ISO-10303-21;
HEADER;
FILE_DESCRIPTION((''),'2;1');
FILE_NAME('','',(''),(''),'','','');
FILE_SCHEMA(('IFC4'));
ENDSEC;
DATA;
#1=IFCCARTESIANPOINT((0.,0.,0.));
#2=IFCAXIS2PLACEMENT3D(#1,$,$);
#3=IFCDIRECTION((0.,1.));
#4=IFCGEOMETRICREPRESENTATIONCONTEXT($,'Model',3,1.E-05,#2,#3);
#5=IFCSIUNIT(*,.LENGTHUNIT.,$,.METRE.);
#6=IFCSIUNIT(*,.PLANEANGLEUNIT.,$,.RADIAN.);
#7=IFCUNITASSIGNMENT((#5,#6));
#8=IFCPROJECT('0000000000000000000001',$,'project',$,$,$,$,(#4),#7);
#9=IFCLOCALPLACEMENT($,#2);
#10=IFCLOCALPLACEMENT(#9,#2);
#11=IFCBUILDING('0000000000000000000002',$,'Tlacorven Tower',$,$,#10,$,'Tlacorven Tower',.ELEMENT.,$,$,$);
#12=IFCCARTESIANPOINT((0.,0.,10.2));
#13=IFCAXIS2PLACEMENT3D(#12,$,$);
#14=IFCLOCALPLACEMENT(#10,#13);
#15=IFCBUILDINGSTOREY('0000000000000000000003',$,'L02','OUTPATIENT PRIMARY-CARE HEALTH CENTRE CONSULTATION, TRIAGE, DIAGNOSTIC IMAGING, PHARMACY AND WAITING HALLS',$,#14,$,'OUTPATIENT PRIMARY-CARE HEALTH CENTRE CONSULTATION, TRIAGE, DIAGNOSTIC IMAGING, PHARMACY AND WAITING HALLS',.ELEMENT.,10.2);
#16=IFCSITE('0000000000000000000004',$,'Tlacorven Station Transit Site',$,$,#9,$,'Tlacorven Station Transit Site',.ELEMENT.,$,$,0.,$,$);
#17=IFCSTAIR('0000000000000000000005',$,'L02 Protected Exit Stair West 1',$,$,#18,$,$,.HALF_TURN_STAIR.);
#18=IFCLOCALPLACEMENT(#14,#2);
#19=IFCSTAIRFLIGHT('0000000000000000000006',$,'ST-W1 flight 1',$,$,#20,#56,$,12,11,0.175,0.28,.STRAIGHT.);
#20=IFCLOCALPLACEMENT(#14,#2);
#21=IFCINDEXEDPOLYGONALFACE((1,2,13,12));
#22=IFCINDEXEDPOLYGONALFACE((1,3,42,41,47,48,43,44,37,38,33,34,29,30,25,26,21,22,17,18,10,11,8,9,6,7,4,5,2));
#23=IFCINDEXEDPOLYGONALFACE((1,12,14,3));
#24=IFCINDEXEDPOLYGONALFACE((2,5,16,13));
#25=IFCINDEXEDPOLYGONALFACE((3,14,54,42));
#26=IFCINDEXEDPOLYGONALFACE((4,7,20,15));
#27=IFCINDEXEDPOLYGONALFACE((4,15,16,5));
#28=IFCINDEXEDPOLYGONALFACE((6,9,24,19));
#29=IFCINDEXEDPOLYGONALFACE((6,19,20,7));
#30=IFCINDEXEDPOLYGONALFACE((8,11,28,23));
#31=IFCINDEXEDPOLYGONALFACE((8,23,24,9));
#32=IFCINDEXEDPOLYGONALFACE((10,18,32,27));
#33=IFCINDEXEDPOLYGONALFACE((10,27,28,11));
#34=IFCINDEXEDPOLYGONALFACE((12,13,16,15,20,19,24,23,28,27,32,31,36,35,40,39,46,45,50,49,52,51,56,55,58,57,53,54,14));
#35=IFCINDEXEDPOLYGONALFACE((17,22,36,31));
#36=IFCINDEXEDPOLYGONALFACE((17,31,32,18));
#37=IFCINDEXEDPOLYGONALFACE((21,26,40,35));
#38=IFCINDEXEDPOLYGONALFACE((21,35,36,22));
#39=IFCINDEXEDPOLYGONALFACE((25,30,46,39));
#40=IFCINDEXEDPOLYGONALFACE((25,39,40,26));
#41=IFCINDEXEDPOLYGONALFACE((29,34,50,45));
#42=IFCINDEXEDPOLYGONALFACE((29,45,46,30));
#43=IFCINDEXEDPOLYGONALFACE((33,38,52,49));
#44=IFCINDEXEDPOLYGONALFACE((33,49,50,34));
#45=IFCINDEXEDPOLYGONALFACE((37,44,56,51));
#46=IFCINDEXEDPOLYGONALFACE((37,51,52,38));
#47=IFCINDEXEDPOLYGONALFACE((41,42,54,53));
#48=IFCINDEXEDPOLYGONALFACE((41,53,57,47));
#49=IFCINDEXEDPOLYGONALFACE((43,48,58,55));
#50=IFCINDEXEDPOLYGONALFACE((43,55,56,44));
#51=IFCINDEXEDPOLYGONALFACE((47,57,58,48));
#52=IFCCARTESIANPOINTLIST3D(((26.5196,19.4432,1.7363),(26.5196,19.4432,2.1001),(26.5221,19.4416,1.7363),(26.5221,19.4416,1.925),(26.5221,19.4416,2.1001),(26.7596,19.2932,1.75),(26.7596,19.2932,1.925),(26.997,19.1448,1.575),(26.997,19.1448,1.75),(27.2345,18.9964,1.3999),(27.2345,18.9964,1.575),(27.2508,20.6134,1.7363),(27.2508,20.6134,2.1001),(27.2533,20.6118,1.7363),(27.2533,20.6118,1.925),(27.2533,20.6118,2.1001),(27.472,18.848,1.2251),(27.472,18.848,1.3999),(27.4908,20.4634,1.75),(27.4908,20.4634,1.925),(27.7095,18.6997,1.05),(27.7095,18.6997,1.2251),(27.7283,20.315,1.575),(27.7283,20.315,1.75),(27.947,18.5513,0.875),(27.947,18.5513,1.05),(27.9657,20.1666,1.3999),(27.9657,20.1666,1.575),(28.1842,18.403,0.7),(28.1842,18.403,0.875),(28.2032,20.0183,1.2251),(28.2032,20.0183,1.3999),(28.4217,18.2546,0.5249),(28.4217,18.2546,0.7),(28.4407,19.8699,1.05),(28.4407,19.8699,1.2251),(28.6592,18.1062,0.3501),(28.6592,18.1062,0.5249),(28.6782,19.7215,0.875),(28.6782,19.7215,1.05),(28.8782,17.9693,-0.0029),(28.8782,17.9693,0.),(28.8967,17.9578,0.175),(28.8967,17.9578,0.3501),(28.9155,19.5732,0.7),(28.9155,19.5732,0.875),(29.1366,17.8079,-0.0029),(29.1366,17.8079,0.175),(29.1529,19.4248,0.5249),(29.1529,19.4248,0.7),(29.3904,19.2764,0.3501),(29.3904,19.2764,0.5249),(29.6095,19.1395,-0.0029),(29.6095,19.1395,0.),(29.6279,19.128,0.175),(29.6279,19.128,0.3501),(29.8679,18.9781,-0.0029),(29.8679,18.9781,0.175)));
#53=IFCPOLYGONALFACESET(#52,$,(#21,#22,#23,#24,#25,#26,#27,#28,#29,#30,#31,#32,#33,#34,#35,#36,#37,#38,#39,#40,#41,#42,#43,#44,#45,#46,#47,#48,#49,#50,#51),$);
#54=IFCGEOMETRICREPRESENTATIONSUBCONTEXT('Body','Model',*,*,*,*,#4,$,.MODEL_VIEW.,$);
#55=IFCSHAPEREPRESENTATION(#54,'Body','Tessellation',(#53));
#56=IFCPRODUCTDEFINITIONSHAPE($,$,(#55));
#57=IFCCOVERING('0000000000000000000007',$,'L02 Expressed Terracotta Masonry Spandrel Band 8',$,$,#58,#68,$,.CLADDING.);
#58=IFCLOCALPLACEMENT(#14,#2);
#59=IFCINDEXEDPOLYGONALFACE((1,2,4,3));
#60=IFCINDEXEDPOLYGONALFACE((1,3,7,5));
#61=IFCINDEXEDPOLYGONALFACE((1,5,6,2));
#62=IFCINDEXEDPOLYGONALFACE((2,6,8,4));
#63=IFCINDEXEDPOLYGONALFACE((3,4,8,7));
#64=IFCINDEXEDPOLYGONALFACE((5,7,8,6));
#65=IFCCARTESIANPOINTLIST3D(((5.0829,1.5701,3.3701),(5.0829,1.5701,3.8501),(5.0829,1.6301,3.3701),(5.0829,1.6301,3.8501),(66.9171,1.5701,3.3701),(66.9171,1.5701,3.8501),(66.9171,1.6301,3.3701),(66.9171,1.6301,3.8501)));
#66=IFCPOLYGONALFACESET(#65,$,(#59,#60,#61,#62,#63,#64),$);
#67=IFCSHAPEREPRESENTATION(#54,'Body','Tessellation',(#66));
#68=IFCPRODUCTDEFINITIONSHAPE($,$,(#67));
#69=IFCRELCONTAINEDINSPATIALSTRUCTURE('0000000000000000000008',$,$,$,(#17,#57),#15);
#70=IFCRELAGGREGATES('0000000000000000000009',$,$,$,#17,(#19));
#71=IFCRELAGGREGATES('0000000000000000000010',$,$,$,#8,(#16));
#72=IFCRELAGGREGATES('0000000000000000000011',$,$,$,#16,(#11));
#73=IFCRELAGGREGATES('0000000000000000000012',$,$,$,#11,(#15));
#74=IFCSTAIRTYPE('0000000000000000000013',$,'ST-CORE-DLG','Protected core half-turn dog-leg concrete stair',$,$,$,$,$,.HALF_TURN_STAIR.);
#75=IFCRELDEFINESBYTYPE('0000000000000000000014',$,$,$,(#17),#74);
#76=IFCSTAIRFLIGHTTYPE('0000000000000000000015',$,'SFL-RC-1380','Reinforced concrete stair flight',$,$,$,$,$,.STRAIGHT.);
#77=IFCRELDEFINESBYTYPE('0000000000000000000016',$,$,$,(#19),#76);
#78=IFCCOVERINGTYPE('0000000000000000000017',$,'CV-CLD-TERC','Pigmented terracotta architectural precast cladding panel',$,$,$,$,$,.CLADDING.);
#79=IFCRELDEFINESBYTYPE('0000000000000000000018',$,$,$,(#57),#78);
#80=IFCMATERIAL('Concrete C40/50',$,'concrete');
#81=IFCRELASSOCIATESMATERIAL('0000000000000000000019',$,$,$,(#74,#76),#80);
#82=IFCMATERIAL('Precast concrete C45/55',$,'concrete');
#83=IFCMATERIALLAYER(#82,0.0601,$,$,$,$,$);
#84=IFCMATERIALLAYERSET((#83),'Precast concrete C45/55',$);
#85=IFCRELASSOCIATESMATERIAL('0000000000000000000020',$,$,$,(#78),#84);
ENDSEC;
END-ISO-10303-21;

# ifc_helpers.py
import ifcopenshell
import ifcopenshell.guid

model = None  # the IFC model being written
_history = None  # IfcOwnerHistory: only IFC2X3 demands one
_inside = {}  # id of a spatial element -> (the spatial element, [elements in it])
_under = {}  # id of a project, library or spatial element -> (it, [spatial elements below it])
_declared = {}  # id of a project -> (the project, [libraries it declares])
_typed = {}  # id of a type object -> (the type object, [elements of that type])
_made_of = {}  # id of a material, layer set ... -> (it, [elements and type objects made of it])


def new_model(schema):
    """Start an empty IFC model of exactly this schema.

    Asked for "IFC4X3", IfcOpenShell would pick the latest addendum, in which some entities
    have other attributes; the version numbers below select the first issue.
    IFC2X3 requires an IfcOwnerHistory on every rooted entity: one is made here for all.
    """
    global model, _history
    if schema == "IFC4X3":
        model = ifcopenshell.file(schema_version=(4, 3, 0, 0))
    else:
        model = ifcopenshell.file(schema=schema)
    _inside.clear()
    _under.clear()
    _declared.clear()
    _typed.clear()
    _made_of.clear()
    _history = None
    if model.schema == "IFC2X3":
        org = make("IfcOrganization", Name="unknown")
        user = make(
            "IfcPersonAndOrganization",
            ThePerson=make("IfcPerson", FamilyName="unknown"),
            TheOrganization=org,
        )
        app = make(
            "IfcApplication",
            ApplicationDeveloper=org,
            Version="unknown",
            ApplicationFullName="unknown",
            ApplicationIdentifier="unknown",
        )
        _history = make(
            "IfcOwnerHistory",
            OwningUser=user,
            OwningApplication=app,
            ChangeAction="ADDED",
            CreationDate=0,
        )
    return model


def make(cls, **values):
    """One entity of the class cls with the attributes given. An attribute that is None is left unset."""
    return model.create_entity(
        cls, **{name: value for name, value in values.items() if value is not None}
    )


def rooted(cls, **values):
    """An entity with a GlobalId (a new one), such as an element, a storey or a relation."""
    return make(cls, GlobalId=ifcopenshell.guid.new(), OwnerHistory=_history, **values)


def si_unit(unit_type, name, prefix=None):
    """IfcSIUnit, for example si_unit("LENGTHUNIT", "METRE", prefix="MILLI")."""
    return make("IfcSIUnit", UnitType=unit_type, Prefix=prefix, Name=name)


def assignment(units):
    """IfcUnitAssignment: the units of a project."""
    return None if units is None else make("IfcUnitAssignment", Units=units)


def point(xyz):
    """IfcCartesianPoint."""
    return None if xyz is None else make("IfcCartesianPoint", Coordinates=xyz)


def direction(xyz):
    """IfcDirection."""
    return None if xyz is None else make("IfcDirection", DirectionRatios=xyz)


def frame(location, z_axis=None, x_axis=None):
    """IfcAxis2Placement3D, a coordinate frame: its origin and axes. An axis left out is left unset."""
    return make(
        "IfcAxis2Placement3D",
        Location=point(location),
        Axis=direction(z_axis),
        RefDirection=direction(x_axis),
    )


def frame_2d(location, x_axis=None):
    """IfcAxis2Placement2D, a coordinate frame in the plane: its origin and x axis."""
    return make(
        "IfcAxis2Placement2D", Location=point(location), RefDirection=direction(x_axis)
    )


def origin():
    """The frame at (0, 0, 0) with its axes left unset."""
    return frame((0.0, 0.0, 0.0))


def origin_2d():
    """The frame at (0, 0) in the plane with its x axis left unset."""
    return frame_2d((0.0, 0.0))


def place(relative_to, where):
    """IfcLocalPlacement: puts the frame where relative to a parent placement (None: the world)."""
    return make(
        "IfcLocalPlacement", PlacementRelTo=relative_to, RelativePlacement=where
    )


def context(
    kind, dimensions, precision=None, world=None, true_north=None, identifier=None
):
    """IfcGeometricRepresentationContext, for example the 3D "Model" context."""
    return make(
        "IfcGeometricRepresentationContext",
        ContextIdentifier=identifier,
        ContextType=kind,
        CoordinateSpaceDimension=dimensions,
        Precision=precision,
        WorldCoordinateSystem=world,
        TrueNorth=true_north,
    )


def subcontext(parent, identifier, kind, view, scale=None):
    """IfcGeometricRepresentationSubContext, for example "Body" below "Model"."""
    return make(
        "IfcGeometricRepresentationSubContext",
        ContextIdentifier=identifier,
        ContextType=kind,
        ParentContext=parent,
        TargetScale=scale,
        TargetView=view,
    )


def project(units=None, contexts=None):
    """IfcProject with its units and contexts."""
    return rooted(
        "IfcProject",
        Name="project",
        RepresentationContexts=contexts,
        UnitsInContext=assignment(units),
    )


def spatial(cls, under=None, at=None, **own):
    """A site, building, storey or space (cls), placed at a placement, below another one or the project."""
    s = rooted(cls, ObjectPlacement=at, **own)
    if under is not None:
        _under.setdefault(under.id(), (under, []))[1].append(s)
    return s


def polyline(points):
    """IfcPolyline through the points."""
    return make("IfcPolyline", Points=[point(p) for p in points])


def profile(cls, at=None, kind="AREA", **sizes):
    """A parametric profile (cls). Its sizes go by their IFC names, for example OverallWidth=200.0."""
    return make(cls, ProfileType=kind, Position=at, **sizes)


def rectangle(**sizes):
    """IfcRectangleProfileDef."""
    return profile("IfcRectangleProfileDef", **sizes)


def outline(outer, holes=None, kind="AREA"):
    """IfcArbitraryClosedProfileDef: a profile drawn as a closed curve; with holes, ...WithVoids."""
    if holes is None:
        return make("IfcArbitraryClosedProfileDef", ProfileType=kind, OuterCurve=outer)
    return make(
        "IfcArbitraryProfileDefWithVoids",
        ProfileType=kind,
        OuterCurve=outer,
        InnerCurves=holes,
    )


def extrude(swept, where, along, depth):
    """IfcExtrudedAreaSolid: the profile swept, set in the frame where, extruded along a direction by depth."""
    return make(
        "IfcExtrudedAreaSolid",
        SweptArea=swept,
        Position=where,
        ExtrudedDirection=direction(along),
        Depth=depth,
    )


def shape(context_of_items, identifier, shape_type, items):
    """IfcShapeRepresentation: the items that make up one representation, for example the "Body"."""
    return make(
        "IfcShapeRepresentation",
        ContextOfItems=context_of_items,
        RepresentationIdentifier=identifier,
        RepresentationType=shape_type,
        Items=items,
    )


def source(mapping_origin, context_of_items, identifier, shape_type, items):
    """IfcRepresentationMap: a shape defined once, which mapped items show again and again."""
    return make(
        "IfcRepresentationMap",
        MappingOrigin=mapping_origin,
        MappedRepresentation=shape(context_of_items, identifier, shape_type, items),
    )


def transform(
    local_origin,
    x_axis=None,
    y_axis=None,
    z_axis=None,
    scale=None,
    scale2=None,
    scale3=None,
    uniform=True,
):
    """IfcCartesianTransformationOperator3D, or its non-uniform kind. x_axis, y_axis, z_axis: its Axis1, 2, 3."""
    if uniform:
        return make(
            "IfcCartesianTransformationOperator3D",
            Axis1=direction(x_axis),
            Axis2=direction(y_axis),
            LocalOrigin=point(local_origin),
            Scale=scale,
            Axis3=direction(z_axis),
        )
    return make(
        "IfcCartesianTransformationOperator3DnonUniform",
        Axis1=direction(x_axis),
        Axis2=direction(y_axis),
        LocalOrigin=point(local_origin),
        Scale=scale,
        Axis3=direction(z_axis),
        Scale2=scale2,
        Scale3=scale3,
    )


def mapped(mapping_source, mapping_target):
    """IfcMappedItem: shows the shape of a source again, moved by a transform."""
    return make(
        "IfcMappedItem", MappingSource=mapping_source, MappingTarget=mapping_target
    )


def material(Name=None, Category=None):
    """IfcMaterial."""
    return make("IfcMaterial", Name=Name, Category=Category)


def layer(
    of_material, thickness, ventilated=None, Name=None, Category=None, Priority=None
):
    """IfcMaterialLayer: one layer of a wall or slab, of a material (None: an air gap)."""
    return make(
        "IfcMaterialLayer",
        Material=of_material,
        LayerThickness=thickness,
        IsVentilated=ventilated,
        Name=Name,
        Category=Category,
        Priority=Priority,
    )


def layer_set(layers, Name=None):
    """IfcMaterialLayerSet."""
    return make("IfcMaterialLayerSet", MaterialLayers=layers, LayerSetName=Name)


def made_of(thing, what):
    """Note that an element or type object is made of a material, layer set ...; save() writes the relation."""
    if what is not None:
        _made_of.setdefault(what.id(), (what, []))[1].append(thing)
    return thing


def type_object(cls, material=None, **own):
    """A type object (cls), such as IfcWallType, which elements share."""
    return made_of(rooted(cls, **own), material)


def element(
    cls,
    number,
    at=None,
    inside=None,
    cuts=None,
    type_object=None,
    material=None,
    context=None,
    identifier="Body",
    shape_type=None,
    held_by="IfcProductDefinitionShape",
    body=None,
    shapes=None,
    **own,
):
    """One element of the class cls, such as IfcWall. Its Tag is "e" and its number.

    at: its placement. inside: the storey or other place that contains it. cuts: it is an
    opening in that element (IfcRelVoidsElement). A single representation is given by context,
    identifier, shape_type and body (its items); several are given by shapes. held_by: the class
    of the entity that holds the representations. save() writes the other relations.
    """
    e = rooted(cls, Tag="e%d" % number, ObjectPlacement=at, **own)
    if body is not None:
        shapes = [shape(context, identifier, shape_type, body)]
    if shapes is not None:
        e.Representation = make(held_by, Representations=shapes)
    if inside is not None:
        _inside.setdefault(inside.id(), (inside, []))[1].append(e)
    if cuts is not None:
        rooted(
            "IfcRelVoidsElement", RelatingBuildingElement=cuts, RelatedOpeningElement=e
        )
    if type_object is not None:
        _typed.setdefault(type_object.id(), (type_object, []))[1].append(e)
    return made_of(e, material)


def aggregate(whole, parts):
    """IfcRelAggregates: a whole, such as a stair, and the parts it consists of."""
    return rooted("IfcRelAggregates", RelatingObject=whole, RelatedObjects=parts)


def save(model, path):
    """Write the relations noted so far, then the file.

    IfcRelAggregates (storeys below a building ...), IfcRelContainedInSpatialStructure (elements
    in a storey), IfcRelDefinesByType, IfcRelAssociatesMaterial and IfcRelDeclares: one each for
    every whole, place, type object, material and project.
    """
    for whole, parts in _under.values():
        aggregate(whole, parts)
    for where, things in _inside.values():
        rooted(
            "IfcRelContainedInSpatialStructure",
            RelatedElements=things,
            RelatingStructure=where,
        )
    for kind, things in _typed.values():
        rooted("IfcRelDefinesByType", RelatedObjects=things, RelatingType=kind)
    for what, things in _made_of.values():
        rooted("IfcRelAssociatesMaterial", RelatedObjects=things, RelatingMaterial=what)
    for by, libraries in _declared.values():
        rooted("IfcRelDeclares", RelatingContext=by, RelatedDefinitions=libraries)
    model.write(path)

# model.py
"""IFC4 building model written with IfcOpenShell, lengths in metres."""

from ifc_helpers import new_model, si_unit, direction, frame, origin, origin_2d, place, context, subcontext, project, spatial, polyline, rectangle, outline, extrude, source, transform, mapped, material, layer, layer_set, type_object, element, aggregate, save


model = new_model("IFC4")

# Units and contexts
model_context = context("Model", 3, precision=1e-05, world=origin(), true_north=direction((0.0, 1.0)))
body_context = subcontext(model_context, "Body", "Model", "MODEL_VIEW")
ifc_project = project(units=[si_unit("LENGTHUNIT", "METRE"), si_unit("PLANEANGLEUNIT", "RADIAN")], contexts=[model_context])

# Site, building, storey
site_placement = place(None, origin())
site = spatial("IfcSite", under=ifc_project, at=site_placement, Name="Tlacorven Station Transit Site", LongName="Tlacorven Station Transit Site", CompositionType="ELEMENT", RefElevation=0.0)
building_placement = place(site_placement, origin())
building = spatial("IfcBuilding", under=site, at=building_placement, Name="Tlacorven Tower", LongName="Tlacorven Tower", CompositionType="ELEMENT")
storey_placement = place(building_placement, frame((0.0, 0.0, 10.2)))
storey = spatial("IfcBuildingStorey", under=building, at=storey_placement, Name="L02", Description="OUTPATIENT PRIMARY-CARE HEALTH CENTRE CONSULTATION, TRIAGE, DIAGNOSTIC IMAGING, PHARMACY AND WAITING HALLS", LongName="OUTPATIENT PRIMARY-CARE HEALTH CENTRE CONSULTATION, TRIAGE, DIAGNOSTIC IMAGING, PHARMACY AND WAITING HALLS", CompositionType="ELEMENT", Elevation=10.2)

# Shared definitions
ifc_material_1 = material(Name="Concrete C40/50", Category="concrete")

# Stair, stair flight
stair_type = type_object("IfcStairType", Name="ST-CORE-DLG", Description="Protected core half-turn dog-leg concrete stair", PredefinedType="HALF_TURN_STAIR", material=ifc_material_1)
stair_placement = place(storey_placement, origin())
stair = element("IfcStair", 1, at=stair_placement, inside=storey, type_object=stair_type, Name="L02 Protected Exit Stair West 1", PredefinedType="HALF_TURN_STAIR")
stair_flight_type = type_object("IfcStairFlightType", Name="SFL-RC-1380", Description="Reinforced concrete stair flight", PredefinedType="STRAIGHT", material=ifc_material_1)
shared_shape_1 = source(origin(), body_context, "Body", "SweptSolid", [
    extrude(outline(polyline([(-0.0029, -0.0029), (-0.0029, 0.175), (0.28, 0.175), (0.28, 0.3501), (0.5601, 0.3501), (0.5601, 0.5249), (0.8401, 0.5249), (0.8401, 0.7), (1.1201, 0.7), (1.1201, 0.875), (1.3999, 0.875), (1.3999, 1.05), (1.6799, 1.05), (1.6799, 1.2251), (1.96, 1.2251), (1.96, 1.3999), (2.24, 1.3999), (2.24, 1.575), (2.52, 1.575), (2.52, 1.75), (2.8, 1.75), (2.8, 1.925), (3.0801, 1.925), (3.0801, 2.1001), (3.083, 2.1001), (3.083, 1.7363), (3.0801, 1.7363), (0.3018, 0.0), (0.3018, -0.0029), (-0.0029, -0.0029)])), frame((0.0, 0.6899, 0.0), z_axis=(0.0, -1.0, 0.0), x_axis=(1.0, 0.0, 0.0)), (0.0, 0.0, 1.0), 1.3799),
])
stair_flight_placement = place(storey_placement, frame((29.4998, 18.3945, 0.0), z_axis=(0.0, 0.0, 1.0), x_axis=(-0.848048, 0.529919, 0.0)))
stair_flight = element("IfcStairFlight", 2, at=stair_flight_placement, type_object=stair_flight_type, Name="ST-W1 flight 1", NumberOfRisers=12, NumberOfTreads=11, PredefinedType="STRAIGHT", RiserHeight=0.175, TreadLength=0.28, context=body_context, shape_type="MappedRepresentation", body=[
    mapped(shared_shape_1, transform((0.0, 0.0, 0.0), scale=1.0)),
])
aggregate(stair, [stair_flight])

# Covering
ifc_material_2 = material(Name="Precast concrete C45/55", Category="concrete")
ifc_layer_1 = layer(ifc_material_2, 0.0601)
ifc_layer_set_1 = layer_set([ifc_layer_1], Name="Precast concrete C45/55")
covering_type = type_object("IfcCoveringType", Name="CV-CLD-TERC", Description="Pigmented terracotta architectural precast cladding panel", PredefinedType="CLADDING", material=ifc_layer_set_1)
shared_shape_2 = source(origin(), body_context, "Body", "SweptSolid", [
    extrude(rectangle(XDim=61.8342, YDim=0.0601, at=origin_2d()), origin(), (0.0, 0.0, 1.0), 0.48),
])
covering_placement = place(storey_placement, frame((36.0, 1.6001, 3.3701), z_axis=(0.0, 0.0, 1.0), x_axis=(-1.0, 0.0, 0.0)))
element("IfcCovering", 3, at=covering_placement, inside=storey, type_object=covering_type, Name="L02 Expressed Terracotta Masonry Spandrel Band 8", PredefinedType="CLADDING", context=body_context, shape_type="MappedRepresentation", body=[
    mapped(shared_shape_2, transform((0.0, 0.0, 0.0), scale=1.0)),
])

save(model, "model.ifc")
